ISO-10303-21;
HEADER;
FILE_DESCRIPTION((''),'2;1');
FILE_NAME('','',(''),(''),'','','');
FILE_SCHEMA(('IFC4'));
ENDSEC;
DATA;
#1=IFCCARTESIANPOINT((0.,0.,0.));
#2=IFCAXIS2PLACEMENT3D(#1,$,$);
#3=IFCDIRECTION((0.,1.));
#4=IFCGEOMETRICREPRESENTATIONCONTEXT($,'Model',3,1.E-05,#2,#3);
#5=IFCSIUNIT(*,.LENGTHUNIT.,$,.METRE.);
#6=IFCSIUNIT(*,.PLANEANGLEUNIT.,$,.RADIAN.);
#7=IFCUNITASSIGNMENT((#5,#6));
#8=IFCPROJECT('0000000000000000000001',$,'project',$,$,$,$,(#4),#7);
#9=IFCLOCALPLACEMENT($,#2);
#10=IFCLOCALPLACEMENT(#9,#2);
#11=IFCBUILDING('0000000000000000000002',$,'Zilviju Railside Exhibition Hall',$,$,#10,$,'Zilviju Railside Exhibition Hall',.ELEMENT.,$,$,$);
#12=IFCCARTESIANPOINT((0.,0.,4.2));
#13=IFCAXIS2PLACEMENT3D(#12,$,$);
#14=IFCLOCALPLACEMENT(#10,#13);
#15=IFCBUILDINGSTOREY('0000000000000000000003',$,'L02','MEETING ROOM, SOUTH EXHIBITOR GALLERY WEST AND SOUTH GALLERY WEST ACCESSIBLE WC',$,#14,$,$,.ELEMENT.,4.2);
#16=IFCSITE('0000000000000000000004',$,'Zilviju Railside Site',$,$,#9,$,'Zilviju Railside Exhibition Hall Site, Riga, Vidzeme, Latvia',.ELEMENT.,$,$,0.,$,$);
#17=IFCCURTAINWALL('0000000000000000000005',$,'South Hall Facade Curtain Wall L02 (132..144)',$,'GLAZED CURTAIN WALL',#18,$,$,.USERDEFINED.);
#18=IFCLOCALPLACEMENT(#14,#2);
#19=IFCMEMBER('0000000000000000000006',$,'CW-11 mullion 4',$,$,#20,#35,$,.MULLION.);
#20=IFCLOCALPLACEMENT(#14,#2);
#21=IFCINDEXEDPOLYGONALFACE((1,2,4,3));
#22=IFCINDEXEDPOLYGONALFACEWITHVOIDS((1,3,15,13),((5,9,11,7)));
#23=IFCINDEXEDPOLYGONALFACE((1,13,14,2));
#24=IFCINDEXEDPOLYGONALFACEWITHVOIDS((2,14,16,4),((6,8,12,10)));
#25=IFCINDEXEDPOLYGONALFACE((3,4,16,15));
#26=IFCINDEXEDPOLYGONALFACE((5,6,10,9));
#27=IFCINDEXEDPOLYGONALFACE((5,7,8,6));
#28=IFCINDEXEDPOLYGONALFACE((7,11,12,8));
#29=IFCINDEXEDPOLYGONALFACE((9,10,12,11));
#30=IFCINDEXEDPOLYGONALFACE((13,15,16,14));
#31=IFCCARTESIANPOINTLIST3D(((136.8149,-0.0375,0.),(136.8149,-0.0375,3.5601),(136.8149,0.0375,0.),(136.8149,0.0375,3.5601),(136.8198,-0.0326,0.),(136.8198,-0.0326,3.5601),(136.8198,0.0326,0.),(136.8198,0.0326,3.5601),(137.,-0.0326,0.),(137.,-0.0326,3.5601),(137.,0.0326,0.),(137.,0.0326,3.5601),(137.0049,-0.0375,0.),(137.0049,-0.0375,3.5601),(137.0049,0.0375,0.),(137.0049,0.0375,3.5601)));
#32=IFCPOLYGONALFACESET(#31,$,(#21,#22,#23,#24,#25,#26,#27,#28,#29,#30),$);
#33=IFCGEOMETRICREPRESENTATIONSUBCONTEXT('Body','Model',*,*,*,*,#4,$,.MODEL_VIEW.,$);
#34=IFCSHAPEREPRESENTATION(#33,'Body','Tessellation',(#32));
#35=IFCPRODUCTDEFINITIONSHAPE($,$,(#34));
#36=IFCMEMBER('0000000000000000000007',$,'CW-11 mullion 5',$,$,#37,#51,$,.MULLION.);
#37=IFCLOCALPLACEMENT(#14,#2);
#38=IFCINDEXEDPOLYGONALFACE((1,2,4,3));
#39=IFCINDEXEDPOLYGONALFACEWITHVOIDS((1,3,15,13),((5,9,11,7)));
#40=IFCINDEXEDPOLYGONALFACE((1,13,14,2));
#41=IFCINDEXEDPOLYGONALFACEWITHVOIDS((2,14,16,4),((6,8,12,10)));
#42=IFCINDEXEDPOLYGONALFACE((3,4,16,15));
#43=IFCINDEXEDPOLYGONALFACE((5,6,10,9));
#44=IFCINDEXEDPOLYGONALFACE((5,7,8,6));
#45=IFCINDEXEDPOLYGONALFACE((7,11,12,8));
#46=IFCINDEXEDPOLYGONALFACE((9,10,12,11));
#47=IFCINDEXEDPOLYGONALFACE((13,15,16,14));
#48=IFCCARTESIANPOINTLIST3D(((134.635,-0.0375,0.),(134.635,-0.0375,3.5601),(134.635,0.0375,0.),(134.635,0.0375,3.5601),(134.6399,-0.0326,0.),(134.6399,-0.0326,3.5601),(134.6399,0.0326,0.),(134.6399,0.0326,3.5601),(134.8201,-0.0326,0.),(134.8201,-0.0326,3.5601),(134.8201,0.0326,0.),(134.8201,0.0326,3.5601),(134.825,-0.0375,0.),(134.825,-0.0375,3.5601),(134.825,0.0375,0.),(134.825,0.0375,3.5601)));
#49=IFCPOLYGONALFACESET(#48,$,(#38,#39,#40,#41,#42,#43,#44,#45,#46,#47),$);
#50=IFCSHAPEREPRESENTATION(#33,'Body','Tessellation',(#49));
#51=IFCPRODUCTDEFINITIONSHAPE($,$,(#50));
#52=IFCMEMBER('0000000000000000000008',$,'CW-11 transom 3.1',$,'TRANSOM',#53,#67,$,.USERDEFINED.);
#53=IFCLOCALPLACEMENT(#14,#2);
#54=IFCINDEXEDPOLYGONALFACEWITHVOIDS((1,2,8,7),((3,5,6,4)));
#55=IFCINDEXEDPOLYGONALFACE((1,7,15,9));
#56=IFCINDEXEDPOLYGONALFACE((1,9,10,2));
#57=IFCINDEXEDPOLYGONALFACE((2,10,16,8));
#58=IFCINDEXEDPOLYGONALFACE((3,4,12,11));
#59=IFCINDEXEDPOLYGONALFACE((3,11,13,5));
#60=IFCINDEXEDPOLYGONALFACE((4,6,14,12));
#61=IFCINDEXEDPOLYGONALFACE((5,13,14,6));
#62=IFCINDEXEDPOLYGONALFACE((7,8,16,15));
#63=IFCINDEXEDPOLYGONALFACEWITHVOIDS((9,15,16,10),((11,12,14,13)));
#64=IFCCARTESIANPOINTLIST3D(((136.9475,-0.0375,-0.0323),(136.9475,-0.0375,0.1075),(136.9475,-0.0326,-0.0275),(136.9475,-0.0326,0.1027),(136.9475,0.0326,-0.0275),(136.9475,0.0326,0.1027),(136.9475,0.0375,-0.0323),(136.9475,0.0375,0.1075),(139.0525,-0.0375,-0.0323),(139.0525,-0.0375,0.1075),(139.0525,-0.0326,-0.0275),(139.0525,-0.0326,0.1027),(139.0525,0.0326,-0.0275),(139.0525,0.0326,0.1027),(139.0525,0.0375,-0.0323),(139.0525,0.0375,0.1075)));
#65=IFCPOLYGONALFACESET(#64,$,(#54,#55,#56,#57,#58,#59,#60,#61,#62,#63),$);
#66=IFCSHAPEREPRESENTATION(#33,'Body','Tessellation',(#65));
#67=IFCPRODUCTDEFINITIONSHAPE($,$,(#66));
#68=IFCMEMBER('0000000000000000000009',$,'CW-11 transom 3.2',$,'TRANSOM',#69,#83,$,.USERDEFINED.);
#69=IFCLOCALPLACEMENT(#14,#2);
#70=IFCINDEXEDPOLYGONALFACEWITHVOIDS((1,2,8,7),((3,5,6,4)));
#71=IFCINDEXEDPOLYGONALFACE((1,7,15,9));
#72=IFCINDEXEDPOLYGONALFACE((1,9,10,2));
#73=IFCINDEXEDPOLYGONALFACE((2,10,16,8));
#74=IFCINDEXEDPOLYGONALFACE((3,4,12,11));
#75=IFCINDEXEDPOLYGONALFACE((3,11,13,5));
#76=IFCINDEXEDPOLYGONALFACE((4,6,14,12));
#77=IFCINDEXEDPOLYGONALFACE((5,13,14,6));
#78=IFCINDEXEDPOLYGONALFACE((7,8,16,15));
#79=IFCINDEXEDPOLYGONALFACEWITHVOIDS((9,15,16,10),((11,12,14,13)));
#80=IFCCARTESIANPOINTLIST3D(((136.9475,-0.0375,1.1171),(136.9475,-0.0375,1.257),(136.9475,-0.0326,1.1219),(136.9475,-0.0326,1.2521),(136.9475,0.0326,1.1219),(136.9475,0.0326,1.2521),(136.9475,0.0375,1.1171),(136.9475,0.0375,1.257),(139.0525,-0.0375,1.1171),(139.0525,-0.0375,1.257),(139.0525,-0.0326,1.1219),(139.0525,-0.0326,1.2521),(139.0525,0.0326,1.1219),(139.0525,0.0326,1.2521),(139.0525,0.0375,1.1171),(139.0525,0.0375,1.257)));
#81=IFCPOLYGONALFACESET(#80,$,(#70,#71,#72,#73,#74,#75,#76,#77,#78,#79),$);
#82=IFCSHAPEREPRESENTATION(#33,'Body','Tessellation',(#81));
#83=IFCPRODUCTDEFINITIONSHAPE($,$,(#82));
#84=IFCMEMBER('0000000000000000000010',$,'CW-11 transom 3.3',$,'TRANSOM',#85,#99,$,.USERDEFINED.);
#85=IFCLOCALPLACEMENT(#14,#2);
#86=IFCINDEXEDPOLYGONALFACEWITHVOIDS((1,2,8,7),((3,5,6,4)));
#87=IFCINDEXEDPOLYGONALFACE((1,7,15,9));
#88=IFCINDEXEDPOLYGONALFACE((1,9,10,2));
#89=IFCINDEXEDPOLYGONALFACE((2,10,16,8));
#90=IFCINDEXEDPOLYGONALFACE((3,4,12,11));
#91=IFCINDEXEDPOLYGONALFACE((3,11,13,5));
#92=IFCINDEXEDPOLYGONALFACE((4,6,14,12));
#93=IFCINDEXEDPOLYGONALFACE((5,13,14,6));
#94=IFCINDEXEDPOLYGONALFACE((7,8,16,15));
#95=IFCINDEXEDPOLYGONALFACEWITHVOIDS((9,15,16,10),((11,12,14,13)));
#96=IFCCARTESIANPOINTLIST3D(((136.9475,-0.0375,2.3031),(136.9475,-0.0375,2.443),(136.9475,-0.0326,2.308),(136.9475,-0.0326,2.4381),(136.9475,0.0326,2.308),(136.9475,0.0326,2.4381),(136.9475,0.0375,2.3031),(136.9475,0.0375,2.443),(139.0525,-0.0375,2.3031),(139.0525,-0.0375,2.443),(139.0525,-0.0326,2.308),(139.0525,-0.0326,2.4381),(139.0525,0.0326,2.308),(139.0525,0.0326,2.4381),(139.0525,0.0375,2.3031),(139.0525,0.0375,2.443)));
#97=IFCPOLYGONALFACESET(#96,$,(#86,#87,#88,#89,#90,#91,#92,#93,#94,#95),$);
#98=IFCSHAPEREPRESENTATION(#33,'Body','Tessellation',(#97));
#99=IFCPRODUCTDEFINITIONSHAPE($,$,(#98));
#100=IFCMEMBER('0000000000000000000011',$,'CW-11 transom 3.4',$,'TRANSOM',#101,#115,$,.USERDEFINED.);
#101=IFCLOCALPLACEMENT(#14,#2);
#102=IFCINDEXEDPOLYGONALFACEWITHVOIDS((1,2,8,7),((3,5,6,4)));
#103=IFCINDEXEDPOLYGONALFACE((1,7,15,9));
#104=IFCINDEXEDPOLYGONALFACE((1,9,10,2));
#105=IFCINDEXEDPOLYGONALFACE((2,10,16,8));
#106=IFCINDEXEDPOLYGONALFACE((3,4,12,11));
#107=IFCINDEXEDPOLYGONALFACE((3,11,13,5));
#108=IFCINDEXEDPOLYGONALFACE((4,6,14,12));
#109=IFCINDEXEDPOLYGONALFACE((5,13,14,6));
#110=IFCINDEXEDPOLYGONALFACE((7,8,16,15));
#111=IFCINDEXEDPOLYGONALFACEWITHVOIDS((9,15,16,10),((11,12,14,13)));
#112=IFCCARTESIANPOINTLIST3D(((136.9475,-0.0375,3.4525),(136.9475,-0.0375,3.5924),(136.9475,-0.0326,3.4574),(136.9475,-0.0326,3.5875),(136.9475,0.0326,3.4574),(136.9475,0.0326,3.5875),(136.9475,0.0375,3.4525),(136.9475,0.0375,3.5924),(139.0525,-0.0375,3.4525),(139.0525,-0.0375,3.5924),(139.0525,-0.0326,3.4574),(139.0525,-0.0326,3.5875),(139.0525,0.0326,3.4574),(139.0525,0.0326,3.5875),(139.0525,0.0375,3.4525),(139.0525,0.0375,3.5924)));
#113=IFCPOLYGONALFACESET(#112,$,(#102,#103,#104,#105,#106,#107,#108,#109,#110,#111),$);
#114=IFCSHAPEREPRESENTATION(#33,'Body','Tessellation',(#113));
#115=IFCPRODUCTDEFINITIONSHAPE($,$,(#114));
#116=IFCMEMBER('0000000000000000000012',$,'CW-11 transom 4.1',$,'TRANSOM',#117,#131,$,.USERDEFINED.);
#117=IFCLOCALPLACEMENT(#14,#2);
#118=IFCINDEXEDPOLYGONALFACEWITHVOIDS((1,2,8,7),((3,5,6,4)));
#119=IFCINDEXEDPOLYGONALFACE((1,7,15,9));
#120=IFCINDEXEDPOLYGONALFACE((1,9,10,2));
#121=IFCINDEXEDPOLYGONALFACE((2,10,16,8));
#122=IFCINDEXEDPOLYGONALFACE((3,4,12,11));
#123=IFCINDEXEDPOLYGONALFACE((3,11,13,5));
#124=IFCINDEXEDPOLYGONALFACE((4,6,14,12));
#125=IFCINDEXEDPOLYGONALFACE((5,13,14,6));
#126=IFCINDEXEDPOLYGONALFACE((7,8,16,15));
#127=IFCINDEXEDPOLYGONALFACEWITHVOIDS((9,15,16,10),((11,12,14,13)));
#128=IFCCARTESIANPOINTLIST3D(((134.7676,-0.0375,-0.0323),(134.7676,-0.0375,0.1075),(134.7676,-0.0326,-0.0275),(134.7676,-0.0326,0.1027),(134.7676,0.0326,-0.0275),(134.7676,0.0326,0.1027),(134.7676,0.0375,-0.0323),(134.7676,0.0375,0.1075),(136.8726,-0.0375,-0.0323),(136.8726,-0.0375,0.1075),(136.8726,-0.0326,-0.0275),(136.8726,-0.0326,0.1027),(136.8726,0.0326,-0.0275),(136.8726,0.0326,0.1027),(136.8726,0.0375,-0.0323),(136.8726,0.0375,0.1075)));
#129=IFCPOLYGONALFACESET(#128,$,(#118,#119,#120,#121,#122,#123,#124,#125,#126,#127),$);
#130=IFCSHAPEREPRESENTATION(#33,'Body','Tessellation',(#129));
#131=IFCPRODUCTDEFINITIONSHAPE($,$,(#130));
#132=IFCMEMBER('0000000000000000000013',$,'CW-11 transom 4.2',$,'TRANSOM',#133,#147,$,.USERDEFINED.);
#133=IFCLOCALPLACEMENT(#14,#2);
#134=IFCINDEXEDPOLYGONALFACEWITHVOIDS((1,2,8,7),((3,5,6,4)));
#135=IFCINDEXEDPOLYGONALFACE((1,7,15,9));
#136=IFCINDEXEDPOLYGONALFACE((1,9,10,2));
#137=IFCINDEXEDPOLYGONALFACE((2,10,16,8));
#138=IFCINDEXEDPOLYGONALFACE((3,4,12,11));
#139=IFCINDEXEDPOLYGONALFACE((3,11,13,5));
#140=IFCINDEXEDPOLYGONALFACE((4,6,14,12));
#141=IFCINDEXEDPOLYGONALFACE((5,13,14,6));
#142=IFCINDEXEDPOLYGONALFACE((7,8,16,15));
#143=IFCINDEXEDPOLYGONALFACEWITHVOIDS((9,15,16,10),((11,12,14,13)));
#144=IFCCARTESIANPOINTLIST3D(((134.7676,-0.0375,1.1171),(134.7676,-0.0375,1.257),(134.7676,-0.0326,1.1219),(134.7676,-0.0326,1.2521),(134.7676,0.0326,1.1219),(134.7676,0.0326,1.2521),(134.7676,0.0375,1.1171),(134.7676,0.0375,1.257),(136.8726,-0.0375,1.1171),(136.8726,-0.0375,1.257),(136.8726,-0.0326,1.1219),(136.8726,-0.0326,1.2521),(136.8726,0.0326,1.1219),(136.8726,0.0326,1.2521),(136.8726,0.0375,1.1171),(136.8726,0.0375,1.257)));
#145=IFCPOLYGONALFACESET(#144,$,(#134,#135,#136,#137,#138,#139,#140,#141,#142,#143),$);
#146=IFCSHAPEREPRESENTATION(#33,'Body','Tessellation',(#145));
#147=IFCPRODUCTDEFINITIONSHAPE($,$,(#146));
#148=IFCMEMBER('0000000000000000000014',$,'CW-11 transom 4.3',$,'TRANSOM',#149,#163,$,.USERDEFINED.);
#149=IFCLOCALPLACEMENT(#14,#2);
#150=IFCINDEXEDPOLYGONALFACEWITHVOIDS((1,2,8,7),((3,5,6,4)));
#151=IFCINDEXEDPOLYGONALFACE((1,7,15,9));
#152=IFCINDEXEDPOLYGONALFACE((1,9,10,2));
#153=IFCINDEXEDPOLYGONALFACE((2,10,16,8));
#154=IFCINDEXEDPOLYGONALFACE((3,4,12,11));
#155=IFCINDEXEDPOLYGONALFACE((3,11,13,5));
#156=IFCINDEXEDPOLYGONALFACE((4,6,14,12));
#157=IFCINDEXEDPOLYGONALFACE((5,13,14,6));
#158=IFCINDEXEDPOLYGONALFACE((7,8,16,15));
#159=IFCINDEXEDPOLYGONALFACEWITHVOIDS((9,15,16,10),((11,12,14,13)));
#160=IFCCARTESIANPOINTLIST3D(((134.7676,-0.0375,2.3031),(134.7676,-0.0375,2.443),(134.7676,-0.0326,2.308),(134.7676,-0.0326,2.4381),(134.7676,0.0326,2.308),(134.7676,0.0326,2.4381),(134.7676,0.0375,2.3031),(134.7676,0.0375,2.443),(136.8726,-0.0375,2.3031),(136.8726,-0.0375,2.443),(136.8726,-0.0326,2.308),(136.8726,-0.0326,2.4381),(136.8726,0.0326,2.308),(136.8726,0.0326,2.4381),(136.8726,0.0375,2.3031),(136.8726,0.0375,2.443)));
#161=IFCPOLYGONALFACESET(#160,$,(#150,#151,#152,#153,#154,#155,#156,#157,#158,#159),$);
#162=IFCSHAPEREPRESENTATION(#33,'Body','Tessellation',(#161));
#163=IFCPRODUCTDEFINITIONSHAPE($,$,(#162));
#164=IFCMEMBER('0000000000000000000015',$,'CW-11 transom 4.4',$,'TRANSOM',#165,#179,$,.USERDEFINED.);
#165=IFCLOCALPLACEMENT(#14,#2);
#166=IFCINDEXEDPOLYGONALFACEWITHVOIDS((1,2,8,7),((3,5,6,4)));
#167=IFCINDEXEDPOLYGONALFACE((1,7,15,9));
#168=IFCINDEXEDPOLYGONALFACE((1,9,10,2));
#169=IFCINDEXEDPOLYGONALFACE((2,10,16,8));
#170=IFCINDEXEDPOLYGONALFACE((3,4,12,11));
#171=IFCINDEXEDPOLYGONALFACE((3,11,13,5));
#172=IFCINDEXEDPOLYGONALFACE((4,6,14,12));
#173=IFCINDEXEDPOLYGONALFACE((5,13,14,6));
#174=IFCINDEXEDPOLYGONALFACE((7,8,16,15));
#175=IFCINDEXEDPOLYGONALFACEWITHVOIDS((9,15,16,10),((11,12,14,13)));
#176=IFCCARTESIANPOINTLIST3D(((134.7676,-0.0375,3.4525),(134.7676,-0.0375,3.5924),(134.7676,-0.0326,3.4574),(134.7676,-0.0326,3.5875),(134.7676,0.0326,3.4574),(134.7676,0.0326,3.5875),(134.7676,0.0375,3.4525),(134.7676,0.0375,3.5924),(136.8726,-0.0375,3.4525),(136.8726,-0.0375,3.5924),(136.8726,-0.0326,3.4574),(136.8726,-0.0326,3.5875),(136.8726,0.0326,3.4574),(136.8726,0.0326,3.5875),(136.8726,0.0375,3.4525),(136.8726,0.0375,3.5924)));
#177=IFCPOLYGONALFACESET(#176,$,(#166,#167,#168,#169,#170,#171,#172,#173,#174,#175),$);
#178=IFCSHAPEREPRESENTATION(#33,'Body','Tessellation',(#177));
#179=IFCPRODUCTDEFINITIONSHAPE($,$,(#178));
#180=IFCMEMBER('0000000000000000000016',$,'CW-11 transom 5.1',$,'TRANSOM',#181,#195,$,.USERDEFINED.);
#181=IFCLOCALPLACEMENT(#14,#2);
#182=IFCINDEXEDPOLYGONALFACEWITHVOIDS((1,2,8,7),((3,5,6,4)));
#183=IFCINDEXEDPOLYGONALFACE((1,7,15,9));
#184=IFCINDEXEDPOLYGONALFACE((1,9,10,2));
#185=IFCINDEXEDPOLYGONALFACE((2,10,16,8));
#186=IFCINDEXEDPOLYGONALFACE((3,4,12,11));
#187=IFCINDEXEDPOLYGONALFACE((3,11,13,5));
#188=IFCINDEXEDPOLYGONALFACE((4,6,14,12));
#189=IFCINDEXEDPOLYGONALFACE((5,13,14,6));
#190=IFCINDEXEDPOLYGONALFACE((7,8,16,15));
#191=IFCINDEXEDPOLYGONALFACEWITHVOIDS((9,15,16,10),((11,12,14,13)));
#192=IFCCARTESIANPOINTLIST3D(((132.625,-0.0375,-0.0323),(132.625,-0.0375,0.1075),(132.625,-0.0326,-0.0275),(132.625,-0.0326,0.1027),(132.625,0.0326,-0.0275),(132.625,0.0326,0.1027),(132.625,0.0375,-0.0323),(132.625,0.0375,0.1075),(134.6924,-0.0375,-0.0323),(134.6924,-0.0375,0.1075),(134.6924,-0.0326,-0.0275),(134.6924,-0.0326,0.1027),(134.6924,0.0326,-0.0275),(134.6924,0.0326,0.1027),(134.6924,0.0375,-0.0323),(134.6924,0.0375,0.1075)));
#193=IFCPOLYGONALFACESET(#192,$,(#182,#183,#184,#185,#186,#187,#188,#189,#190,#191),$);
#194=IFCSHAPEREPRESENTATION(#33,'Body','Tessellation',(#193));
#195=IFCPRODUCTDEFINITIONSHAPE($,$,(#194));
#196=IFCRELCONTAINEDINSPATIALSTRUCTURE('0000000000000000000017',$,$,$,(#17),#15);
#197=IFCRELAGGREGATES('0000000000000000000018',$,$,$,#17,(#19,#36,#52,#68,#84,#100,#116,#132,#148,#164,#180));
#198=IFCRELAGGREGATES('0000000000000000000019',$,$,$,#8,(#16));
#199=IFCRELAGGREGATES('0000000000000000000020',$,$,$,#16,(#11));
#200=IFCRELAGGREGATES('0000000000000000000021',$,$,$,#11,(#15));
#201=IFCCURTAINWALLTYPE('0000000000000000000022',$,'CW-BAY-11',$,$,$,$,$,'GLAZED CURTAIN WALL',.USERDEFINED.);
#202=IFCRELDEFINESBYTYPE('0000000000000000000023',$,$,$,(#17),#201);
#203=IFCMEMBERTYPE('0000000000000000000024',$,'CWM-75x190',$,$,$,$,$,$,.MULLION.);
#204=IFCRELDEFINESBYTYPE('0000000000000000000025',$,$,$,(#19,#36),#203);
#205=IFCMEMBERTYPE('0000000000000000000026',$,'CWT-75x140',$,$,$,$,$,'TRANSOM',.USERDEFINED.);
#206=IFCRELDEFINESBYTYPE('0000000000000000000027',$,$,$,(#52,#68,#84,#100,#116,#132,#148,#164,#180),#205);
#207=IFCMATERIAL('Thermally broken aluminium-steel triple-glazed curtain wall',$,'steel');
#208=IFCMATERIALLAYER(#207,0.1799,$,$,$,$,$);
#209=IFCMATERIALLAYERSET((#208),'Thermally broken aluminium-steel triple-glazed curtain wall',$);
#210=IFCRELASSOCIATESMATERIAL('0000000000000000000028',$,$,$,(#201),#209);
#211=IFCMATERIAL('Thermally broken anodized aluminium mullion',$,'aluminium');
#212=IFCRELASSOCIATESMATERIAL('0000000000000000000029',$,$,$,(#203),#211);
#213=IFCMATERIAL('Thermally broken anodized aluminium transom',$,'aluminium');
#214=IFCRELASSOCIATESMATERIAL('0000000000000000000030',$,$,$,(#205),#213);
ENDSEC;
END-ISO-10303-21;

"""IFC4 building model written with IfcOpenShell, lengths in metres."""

from ifc_helpers import new_model, si_unit, direction, frame, origin, origin_2d, place, context, subcontext, project, spatial, hollow_rectangle, extrude, material, layer, layer_set, material_profile, profile_set, type_object, element, aggregate, save


model = new_model("IFC4")

# Units and contexts
model_context = context("Model", 3, precision=1e-05, world=origin(), true_north=direction((0.0, 1.0)))
body_context = subcontext(model_context, "Body", "Model", "MODEL_VIEW")
ifc_project = project(units=[si_unit("LENGTHUNIT", "METRE"), si_unit("PLANEANGLEUNIT", "RADIAN")], contexts=[model_context])

# Site, building, storey
site_placement = place(None, origin())
site = spatial("IfcSite", under=ifc_project, at=site_placement, Name="Zilviju Railside Site", LongName="Zilviju Railside Exhibition Hall Site, Riga, Vidzeme, Latvia", CompositionType="ELEMENT", RefElevation=0.0)
building_placement = place(site_placement, origin())
building = spatial("IfcBuilding", under=site, at=building_placement, Name="Zilviju Railside Exhibition Hall", LongName="Zilviju Railside Exhibition Hall", CompositionType="ELEMENT")
storey_placement = place(building_placement, frame((0.0, 0.0, 4.2)))
storey = spatial("IfcBuildingStorey", under=building, at=storey_placement, Name="L02", Description="MEETING ROOM, SOUTH EXHIBITOR GALLERY WEST AND SOUTH GALLERY WEST ACCESSIBLE WC", CompositionType="ELEMENT", Elevation=4.2)

# Curtain wall, members
ifc_material_1 = material(Name="Thermally broken aluminium-steel triple-glazed curtain wall", Category="steel")
ifc_layer_1 = layer(ifc_material_1, 0.1799)
ifc_layer_set_1 = layer_set([ifc_layer_1], Name="Thermally broken aluminium-steel triple-glazed curtain wall")
curtain_wall_type = type_object("IfcCurtainWallType", Name="CW-BAY-11", ElementType="GLAZED CURTAIN WALL", PredefinedType="USERDEFINED", material=ifc_layer_set_1)
curtain_wall_placement = place(storey_placement, origin())
curtain_wall = element("IfcCurtainWall", 1, at=curtain_wall_placement, inside=storey, type_object=curtain_wall_type, Name="South Hall Facade Curtain Wall L02 (132..144)", ObjectType="GLAZED CURTAIN WALL", PredefinedType="USERDEFINED")
ifc_material_2 = material(Name="Thermally broken anodized aluminium mullion", Category="aluminium")
ifc_material_profile_1 = material_profile(ifc_material_2, hollow_rectangle(XDim=0.075, YDim=0.1899, WallThickness=0.0049, at=origin_2d()), Name="MULLION 190x75x5")
ifc_profile_set_1 = profile_set([ifc_material_profile_1], Name="Thermally broken anodized aluminium mullion")
member_type_1 = type_object("IfcMemberType", Name="CWM-75x190", PredefinedType="MULLION", material=ifc_profile_set_1)
member_1_placement = place(storey_placement, frame((136.9099, 0.0, 0.0), z_axis=(0.0, 0.0, 1.0), x_axis=(0.0, -1.0, 0.0)))
member_1 = element("IfcMember", 2, at=member_1_placement, type_object=member_type_1, Name="CW-11 mullion 4", PredefinedType="MULLION", context=body_context, shape_type="SweptSolid", body=[
    extrude(hollow_rectangle(XDim=0.075, YDim=0.1899, WallThickness=0.0049, at=origin_2d()), origin(), (0.0, 0.0, 1.0), 3.5601),
])
member_2_placement = place(storey_placement, frame((134.73, 0.0, 0.0), z_axis=(0.0, 0.0, 1.0), x_axis=(0.0, -1.0, 0.0)))
member_2 = element("IfcMember", 3, at=member_2_placement, type_object=member_type_1, Name="CW-11 mullion 5", PredefinedType="MULLION", context=body_context, shape_type="SweptSolid", body=[
    extrude(hollow_rectangle(XDim=0.075, YDim=0.1899, WallThickness=0.0049, at=origin_2d()), origin(), (0.0, 0.0, 1.0), 3.5601),
])
ifc_material_3 = material(Name="Thermally broken anodized aluminium transom", Category="aluminium")
ifc_material_profile_2 = material_profile(ifc_material_3, hollow_rectangle(XDim=0.075, YDim=0.1399, WallThickness=0.0049, at=origin_2d()), Name="TRANSOM 140x75x5")
ifc_profile_set_2 = profile_set([ifc_material_profile_2], Name="Thermally broken anodized aluminium transom")
member_type_2 = type_object("IfcMemberType", Name="CWT-75x140", ElementType="TRANSOM", PredefinedType="USERDEFINED", material=ifc_profile_set_2)
member_3_placement = place(storey_placement, frame((139.0525, 0.0, 0.0376), z_axis=(-1.0, 0.0, 0.0), x_axis=(0.0, -1.0, 0.0)))
member_3 = element("IfcMember", 4, at=member_3_placement, type_object=member_type_2, Name="CW-11 transom 3.1", ObjectType="TRANSOM", PredefinedType="USERDEFINED", context=body_context, shape_type="SweptSolid", body=[
    extrude(hollow_rectangle(XDim=0.075, YDim=0.1399, WallThickness=0.0049, at=origin_2d()), origin(), (0.0, 0.0, 1.0), 2.105),
])
member_4_placement = place(storey_placement, frame((139.0525, 0.0, 1.187), z_axis=(-1.0, 0.0, 0.0), x_axis=(0.0, -1.0, 0.0)))
member_4 = element("IfcMember", 5, at=member_4_placement, type_object=member_type_2, Name="CW-11 transom 3.2", ObjectType="TRANSOM", PredefinedType="USERDEFINED", context=body_context, shape_type="SweptSolid", body=[
    extrude(hollow_rectangle(XDim=0.075, YDim=0.1399, WallThickness=0.0049, at=origin_2d()), origin(), (0.0, 0.0, 1.0), 2.105),
])
member_5_placement = place(storey_placement, frame((139.0525, 0.0, 2.373), z_axis=(-1.0, 0.0, 0.0), x_axis=(0.0, -1.0, 0.0)))
member_5 = element("IfcMember", 6, at=member_5_placement, type_object=member_type_2, Name="CW-11 transom 3.3", ObjectType="TRANSOM", PredefinedType="USERDEFINED", context=body_context, shape_type="SweptSolid", body=[
    extrude(hollow_rectangle(XDim=0.075, YDim=0.1399, WallThickness=0.0049, at=origin_2d()), origin(), (0.0, 0.0, 1.0), 2.105),
])
member_6_placement = place(storey_placement, frame((139.0525, 0.0, 3.5225), z_axis=(-1.0, 0.0, 0.0), x_axis=(0.0, -1.0, 0.0)))
member_6 = element("IfcMember", 7, at=member_6_placement, type_object=member_type_2, Name="CW-11 transom 3.4", ObjectType="TRANSOM", PredefinedType="USERDEFINED", context=body_context, shape_type="SweptSolid", body=[
    extrude(hollow_rectangle(XDim=0.075, YDim=0.1399, WallThickness=0.0049, at=origin_2d()), origin(), (0.0, 0.0, 1.0), 2.105),
])
member_7_placement = place(storey_placement, frame((136.8726, 0.0, 0.0376), z_axis=(-1.0, 0.0, 0.0), x_axis=(0.0, -1.0, 0.0)))
member_7 = element("IfcMember", 8, at=member_7_placement, type_object=member_type_2, Name="CW-11 transom 4.1", ObjectType="TRANSOM", PredefinedType="USERDEFINED", context=body_context, shape_type="SweptSolid", body=[
    extrude(hollow_rectangle(XDim=0.075, YDim=0.1399, WallThickness=0.0049, at=origin_2d()), origin(), (0.0, 0.0, 1.0), 2.105),
])
member_8_placement = place(storey_placement, frame((136.8726, 0.0, 1.187), z_axis=(-1.0, 0.0, 0.0), x_axis=(0.0, -1.0, 0.0)))
member_8 = element("IfcMember", 9, at=member_8_placement, type_object=member_type_2, Name="CW-11 transom 4.2", ObjectType="TRANSOM", PredefinedType="USERDEFINED", context=body_context, shape_type="SweptSolid", body=[
    extrude(hollow_rectangle(XDim=0.075, YDim=0.1399, WallThickness=0.0049, at=origin_2d()), origin(), (0.0, 0.0, 1.0), 2.105),
])
member_9_placement = place(storey_placement, frame((136.8726, 0.0, 2.373), z_axis=(-1.0, 0.0, 0.0), x_axis=(0.0, -1.0, 0.0)))
member_9 = element("IfcMember", 10, at=member_9_placement, type_object=member_type_2, Name="CW-11 transom 4.3", ObjectType="TRANSOM", PredefinedType="USERDEFINED", context=body_context, shape_type="SweptSolid", body=[
    extrude(hollow_rectangle(XDim=0.075, YDim=0.1399, WallThickness=0.0049, at=origin_2d()), origin(), (0.0, 0.0, 1.0), 2.105),
])
member_10_placement = place(storey_placement, frame((136.8726, 0.0, 3.5225), z_axis=(-1.0, 0.0, 0.0), x_axis=(0.0, -1.0, 0.0)))
member_10 = element("IfcMember", 11, at=member_10_placement, type_object=member_type_2, Name="CW-11 transom 4.4", ObjectType="TRANSOM", PredefinedType="USERDEFINED", context=body_context, shape_type="SweptSolid", body=[
    extrude(hollow_rectangle(XDim=0.075, YDim=0.1399, WallThickness=0.0049, at=origin_2d()), origin(), (0.0, 0.0, 1.0), 2.105),
])
member_11_placement = place(storey_placement, frame((134.6924, 0.0, 0.0376), z_axis=(-1.0, 0.0, 0.0), x_axis=(0.0, -1.0, 0.0)))
member_11 = element("IfcMember", 12, at=member_11_placement, type_object=member_type_2, Name="CW-11 transom 5.1", ObjectType="TRANSOM", PredefinedType="USERDEFINED", context=body_context, shape_type="SweptSolid", body=[
    extrude(hollow_rectangle(XDim=0.075, YDim=0.1399, WallThickness=0.0049, at=origin_2d()), origin(), (0.0, 0.0, 1.0), 2.0674),
])
aggregate(curtain_wall, [member_1, member_2, member_3, member_4, member_5, member_6, member_7, member_8, member_9, member_10, member_11])

save(model, "model.ifc")
